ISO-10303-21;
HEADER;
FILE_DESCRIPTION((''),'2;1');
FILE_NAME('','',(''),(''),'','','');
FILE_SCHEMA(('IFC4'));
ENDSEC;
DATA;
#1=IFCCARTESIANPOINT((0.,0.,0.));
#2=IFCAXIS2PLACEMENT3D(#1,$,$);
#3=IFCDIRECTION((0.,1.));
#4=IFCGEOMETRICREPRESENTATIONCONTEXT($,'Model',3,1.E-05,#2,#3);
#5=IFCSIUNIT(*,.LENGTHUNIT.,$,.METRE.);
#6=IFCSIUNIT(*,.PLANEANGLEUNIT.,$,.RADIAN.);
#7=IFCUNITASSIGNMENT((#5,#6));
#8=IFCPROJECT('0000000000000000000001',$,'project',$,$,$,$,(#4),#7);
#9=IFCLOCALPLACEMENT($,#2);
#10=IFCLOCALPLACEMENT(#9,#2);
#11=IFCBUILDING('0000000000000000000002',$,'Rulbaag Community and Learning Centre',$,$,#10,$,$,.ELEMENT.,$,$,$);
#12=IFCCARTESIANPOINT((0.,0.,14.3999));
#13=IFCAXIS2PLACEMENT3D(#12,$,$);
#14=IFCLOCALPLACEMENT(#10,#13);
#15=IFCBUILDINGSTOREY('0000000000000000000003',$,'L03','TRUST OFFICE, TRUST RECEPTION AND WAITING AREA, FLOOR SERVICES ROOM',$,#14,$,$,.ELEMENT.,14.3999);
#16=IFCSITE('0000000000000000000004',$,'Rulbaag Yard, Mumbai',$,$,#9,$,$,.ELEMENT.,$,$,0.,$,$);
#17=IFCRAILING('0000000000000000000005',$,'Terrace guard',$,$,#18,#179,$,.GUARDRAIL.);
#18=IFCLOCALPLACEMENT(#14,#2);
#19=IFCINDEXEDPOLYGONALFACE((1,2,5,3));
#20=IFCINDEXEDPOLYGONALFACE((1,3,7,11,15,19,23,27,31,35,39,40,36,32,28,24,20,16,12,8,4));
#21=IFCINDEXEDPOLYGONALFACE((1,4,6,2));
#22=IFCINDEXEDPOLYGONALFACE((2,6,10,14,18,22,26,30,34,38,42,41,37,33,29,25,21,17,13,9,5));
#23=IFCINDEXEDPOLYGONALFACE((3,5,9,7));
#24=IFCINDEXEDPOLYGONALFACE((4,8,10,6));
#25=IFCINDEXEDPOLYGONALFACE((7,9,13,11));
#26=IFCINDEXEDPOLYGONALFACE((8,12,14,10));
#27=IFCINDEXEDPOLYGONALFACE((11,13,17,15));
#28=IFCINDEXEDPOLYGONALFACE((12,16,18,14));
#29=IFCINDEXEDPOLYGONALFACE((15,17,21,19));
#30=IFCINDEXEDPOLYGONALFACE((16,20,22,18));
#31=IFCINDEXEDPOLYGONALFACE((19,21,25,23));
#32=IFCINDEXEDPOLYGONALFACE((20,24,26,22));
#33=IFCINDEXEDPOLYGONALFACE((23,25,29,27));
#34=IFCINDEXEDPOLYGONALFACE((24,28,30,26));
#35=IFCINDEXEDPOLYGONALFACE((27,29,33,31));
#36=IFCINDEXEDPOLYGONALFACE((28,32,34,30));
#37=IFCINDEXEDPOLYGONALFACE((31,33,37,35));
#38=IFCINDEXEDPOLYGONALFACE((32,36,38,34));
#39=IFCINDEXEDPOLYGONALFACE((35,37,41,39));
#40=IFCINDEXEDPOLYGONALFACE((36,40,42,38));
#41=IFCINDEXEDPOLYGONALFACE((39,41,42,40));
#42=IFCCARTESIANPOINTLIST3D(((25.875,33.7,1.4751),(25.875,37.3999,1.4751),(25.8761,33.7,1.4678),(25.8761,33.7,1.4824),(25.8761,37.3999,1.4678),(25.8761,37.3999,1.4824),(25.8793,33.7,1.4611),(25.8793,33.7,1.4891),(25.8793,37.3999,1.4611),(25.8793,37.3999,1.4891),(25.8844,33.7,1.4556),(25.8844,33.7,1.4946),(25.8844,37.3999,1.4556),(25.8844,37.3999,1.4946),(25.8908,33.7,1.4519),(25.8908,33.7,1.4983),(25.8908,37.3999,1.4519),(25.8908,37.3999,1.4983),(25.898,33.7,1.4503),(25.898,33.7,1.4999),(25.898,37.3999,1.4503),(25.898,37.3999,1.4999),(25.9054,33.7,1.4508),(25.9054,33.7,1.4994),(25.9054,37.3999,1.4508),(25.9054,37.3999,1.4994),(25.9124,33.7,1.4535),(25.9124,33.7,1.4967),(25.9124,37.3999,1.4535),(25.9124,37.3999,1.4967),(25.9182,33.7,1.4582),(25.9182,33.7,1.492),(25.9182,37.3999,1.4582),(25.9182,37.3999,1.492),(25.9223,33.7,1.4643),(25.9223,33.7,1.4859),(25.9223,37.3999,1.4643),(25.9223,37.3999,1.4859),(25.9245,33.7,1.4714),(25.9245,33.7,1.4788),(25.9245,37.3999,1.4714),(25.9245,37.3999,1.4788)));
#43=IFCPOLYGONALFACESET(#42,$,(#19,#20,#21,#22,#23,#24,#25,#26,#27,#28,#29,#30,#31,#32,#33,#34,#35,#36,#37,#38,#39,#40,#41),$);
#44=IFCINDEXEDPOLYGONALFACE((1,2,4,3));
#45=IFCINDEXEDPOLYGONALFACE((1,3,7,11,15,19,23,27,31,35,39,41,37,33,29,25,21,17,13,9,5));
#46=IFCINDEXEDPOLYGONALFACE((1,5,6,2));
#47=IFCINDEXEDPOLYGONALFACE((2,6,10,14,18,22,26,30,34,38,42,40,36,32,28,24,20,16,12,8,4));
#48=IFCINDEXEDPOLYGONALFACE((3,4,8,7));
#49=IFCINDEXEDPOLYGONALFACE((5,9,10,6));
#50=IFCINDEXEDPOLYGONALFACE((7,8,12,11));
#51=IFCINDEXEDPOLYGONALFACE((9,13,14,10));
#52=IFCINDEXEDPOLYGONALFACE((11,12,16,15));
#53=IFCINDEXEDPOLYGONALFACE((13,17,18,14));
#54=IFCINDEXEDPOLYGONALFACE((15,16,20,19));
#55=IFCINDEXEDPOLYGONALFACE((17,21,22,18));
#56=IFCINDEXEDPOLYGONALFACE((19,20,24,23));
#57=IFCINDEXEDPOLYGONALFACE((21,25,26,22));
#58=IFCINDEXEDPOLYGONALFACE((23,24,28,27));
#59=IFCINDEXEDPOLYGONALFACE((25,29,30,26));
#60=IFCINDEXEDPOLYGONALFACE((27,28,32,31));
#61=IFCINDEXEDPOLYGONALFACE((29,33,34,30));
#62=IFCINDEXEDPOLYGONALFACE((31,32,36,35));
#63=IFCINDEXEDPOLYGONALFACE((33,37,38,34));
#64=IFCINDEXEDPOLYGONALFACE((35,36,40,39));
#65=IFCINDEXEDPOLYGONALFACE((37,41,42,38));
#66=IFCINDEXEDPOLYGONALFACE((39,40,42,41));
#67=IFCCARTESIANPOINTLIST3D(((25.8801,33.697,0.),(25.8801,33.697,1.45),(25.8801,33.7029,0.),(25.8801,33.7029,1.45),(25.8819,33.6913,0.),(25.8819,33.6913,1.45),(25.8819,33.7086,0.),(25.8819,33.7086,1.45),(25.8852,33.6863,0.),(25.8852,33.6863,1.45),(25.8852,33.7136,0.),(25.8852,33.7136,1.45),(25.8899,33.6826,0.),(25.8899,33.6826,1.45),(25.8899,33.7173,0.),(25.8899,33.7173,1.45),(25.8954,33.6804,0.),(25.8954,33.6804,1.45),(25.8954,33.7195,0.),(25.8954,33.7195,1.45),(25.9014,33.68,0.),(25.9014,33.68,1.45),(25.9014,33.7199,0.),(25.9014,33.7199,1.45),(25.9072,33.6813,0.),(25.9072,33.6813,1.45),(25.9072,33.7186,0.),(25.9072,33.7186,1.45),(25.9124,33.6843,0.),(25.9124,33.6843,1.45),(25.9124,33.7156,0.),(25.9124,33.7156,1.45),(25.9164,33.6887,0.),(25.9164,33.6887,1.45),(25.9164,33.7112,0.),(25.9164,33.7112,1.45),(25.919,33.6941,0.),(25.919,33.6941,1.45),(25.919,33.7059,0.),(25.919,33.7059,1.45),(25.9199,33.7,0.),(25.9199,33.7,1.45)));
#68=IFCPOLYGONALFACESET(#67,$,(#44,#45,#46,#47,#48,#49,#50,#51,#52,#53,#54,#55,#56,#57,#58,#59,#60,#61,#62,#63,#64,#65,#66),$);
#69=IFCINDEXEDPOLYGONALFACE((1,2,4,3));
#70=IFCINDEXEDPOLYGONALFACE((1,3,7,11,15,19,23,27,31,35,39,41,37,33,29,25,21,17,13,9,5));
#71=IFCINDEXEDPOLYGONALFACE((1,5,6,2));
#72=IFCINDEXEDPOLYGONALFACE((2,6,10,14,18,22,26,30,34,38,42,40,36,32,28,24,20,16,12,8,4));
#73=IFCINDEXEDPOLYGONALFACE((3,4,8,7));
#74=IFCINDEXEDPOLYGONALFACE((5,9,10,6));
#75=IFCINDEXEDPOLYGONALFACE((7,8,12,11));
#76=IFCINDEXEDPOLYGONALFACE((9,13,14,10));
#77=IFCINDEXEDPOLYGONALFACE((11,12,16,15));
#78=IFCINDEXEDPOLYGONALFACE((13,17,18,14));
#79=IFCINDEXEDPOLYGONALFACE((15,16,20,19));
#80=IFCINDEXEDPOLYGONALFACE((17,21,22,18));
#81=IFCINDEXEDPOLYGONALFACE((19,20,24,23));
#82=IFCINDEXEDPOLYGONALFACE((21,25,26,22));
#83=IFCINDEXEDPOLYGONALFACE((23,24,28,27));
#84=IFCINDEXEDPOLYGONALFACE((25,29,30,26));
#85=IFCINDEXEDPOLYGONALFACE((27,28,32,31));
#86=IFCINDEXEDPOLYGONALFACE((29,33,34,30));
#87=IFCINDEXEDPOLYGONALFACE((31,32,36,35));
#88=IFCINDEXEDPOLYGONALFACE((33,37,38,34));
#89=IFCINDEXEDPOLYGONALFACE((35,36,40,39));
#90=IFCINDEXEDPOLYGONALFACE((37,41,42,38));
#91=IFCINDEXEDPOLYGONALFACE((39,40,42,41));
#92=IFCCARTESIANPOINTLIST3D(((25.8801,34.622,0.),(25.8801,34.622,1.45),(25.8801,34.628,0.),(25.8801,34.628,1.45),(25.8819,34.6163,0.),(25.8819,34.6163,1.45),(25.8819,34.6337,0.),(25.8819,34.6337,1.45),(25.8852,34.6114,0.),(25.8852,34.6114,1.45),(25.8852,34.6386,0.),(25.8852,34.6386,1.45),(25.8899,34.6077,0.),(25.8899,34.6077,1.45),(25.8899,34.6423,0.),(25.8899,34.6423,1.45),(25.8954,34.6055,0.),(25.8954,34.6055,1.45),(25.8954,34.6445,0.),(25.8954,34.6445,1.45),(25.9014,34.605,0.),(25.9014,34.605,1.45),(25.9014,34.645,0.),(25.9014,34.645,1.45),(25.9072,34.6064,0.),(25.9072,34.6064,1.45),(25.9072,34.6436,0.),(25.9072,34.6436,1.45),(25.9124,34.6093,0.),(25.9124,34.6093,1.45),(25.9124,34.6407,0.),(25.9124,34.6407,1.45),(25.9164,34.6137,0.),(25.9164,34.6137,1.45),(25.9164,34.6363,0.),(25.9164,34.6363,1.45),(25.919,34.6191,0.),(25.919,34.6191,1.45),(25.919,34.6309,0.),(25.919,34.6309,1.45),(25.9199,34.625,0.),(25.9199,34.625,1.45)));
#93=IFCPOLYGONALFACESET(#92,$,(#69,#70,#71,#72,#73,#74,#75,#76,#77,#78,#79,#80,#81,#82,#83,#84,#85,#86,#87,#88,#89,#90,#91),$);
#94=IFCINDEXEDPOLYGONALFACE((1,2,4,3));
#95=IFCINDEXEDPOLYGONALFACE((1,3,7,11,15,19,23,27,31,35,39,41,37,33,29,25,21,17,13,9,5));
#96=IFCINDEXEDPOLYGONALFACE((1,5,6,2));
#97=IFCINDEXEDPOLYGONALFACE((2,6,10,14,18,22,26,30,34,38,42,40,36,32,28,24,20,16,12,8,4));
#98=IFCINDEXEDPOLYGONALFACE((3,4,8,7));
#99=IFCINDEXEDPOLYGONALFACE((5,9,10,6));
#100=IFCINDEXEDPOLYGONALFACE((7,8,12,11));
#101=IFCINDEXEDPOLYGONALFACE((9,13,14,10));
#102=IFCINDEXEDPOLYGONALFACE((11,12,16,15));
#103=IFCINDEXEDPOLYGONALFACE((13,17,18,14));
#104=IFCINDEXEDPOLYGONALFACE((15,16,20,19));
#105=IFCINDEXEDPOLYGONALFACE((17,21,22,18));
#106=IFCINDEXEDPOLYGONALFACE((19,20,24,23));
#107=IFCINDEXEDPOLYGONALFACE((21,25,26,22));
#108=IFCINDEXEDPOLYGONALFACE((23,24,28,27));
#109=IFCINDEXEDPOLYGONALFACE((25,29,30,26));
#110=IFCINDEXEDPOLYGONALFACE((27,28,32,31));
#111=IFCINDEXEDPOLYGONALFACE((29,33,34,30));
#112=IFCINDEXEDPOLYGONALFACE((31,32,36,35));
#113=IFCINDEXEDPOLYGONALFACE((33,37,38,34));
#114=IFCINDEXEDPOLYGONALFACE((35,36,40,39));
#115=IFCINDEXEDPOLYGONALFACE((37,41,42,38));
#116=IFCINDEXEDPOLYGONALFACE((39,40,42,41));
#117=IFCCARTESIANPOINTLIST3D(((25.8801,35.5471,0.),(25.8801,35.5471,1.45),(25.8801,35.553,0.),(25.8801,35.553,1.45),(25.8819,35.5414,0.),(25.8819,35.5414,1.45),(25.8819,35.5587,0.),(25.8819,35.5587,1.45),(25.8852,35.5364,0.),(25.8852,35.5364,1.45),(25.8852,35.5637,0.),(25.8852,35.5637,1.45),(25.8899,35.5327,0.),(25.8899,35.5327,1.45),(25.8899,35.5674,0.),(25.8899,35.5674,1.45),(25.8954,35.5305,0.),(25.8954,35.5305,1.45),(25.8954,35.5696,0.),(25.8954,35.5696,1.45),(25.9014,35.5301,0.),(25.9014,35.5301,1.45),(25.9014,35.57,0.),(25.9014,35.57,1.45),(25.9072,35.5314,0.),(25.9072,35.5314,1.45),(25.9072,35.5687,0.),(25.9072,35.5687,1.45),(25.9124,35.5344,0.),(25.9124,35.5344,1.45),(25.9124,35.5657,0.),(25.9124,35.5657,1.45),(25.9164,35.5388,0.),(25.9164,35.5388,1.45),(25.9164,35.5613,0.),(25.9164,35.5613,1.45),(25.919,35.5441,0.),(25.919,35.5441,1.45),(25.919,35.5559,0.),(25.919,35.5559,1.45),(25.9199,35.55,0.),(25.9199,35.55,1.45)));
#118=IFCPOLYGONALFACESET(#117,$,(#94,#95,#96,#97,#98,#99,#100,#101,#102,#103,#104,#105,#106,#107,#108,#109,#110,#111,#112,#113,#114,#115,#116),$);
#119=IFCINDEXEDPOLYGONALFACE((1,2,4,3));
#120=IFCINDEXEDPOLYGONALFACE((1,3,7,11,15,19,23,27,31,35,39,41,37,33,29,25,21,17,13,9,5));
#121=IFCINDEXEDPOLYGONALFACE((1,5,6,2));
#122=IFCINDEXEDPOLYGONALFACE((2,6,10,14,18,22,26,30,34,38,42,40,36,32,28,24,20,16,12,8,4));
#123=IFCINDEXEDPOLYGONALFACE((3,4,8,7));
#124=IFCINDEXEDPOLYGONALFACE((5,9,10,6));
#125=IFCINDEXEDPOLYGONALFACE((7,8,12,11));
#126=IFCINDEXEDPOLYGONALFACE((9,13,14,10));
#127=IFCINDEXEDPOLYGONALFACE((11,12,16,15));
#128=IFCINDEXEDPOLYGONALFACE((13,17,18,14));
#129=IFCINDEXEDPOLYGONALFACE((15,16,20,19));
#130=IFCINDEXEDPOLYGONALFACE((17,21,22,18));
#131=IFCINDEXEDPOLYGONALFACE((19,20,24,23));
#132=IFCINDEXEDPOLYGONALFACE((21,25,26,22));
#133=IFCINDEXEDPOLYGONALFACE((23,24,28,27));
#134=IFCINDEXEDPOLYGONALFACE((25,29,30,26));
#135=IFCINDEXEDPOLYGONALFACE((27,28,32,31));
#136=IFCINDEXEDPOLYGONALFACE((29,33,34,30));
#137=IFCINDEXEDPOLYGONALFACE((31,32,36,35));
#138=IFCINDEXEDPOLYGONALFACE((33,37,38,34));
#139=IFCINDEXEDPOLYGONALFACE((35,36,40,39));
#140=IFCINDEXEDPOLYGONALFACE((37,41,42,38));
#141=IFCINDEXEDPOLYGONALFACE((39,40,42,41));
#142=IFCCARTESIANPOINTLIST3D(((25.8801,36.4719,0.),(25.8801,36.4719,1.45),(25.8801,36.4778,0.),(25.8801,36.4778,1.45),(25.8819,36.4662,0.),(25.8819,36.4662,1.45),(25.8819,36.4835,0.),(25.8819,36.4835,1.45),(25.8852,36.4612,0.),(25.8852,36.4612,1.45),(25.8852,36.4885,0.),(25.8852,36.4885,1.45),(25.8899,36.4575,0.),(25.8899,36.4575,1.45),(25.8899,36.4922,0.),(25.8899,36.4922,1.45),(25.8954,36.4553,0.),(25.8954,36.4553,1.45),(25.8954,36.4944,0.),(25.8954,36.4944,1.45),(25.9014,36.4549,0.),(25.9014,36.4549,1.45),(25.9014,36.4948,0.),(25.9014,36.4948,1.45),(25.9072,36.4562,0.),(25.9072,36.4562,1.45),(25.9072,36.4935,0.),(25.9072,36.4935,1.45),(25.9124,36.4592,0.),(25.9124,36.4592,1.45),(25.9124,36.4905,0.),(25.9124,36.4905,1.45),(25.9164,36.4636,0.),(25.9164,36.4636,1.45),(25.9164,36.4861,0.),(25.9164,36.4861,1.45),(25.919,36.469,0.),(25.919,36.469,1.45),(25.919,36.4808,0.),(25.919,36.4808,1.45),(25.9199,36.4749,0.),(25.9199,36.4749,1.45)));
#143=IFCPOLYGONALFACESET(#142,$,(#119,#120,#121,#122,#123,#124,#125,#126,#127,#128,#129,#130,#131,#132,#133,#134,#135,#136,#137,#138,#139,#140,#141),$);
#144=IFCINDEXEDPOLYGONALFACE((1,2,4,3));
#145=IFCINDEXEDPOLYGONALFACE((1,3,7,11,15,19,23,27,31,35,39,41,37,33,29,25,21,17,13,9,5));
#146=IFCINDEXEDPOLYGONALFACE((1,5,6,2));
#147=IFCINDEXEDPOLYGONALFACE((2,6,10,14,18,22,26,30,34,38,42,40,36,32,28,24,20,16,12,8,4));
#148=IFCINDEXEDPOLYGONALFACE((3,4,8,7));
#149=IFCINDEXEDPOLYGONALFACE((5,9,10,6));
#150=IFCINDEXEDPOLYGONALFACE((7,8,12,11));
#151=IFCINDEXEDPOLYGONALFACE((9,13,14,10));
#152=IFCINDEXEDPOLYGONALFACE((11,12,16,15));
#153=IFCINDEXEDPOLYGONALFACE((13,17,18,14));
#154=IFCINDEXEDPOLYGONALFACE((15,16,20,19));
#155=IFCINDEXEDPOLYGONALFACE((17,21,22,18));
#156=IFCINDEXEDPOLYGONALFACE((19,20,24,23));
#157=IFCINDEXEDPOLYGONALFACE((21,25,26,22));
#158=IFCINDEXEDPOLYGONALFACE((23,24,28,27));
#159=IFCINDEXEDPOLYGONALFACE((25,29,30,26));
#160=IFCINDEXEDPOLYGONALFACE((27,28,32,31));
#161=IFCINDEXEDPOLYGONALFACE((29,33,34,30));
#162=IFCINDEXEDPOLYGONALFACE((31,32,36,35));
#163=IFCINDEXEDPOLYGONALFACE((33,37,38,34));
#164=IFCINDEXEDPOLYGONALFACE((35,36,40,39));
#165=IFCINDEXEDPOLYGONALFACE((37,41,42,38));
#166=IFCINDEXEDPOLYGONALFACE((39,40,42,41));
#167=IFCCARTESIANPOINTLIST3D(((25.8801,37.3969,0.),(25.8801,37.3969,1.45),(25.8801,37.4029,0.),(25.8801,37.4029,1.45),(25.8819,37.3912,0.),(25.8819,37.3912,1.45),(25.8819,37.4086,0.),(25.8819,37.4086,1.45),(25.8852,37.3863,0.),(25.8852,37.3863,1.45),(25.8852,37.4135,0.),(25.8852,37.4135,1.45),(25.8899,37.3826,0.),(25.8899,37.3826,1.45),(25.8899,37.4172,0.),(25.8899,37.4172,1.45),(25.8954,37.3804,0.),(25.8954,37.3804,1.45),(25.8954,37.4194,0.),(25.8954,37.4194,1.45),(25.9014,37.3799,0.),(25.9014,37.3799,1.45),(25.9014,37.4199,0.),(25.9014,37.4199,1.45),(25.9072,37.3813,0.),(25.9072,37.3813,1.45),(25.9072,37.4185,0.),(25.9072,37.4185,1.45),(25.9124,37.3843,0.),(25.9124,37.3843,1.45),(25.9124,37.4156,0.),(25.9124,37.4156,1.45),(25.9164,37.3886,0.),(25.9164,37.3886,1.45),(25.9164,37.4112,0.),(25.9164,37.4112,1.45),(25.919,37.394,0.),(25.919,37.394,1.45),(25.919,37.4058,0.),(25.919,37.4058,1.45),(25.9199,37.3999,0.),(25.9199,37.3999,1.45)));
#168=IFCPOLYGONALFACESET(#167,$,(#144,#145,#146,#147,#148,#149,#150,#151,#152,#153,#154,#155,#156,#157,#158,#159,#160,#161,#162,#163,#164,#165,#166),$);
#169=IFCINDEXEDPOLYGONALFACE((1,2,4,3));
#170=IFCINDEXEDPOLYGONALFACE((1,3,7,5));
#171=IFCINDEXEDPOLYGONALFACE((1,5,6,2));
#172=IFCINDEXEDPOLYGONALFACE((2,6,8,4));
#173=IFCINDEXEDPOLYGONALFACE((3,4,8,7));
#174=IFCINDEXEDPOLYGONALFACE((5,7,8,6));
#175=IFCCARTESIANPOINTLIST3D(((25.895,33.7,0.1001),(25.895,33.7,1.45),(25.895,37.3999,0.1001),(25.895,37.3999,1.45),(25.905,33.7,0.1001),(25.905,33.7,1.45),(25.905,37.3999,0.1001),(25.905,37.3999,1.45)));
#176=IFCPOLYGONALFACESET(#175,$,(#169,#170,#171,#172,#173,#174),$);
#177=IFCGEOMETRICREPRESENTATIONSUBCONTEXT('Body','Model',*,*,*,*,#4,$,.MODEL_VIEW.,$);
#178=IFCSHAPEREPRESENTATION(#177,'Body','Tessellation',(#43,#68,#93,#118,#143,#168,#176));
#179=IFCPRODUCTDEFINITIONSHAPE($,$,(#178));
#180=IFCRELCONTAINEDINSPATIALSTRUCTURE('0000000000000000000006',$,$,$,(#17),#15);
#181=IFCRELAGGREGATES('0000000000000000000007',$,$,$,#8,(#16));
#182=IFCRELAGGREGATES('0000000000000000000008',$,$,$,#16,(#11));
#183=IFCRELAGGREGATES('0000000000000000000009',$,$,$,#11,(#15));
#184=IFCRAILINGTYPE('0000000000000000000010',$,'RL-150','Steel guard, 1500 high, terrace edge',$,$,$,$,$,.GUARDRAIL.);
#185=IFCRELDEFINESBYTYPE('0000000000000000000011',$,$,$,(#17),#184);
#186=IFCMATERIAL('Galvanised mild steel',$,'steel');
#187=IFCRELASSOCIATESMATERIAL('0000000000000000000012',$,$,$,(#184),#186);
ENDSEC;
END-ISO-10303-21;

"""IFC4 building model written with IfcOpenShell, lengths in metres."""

from ifc_helpers import new_model, si_unit, direction, frame, origin, origin_2d, place, context, subcontext, project, spatial, polyline, circle, outline, extrude, material, type_object, element, save


model = new_model("IFC4")

# Units and contexts
model_context = context("Model", 3, precision=1e-05, world=origin(), true_north=direction((0.0, 1.0)))
body_context = subcontext(model_context, "Body", "Model", "MODEL_VIEW")
ifc_project = project(units=[si_unit("LENGTHUNIT", "METRE"), si_unit("PLANEANGLEUNIT", "RADIAN")], contexts=[model_context])

# Site, building, storey
site_placement = place(None, origin())
site = spatial("IfcSite", under=ifc_project, at=site_placement, Name="Rulbaag Yard, Mumbai", CompositionType="ELEMENT", RefElevation=0.0)
building_placement = place(site_placement, origin())
building = spatial("IfcBuilding", under=site, at=building_placement, Name="Rulbaag Community and Learning Centre", CompositionType="ELEMENT")
storey_placement = place(building_placement, frame((0.0, 0.0, 14.3999)))
storey = spatial("IfcBuildingStorey", under=building, at=storey_placement, Name="L03", Description="TRUST OFFICE, TRUST RECEPTION AND WAITING AREA, FLOOR SERVICES ROOM", CompositionType="ELEMENT", Elevation=14.3999)

# Railing
ifc_material_1 = material(Name="Galvanised mild steel", Category="steel")
railing_type = type_object("IfcRailingType", Name="RL-150", Description="Steel guard, 1500 high, terrace edge", PredefinedType="GUARDRAIL", material=ifc_material_1)
railing_1_placement = place(storey_placement, frame((25.8999, 33.7, 0.0)))
element("IfcRailing", 1, at=railing_1_placement, inside=storey, type_object=railing_type, Name="Terrace guard", PredefinedType="GUARDRAIL", context=body_context, shape_type="SweptSolid", body=[
    extrude(circle(Radius=0.0249, at=origin_2d()), frame((0.0, 0.0, 1.4751), z_axis=(0.0, 1.0, 0.0), x_axis=(-1.0, 0.0, 0.0)), (0.0, 0.0, 1.0), 3.7),
    extrude(circle(Radius=0.02, at=origin_2d()), origin(), (0.0, 0.0, 1.0), 1.45),
    extrude(circle(Radius=0.02, at=origin_2d()), frame((0.0, 0.925, 0.0)), (0.0, 0.0, 1.0), 1.45),
    extrude(circle(Radius=0.02, at=origin_2d()), frame((0.0, 1.8501, 0.0)), (0.0, 0.0, 1.0), 1.45),
    extrude(circle(Radius=0.02, at=origin_2d()), frame((0.0, 2.7749, 0.0)), (0.0, 0.0, 1.0), 1.45),
    extrude(circle(Radius=0.02, at=origin_2d()), frame((0.0, 3.7, 0.0)), (0.0, 0.0, 1.0), 1.45),
    extrude(outline(polyline([(0.0, 0.0), (3.7, 0.0), (3.7, 1.3499), (0.0, 1.3499), (0.0, 0.0)])), frame((-0.0049, 0.0, 0.1001), z_axis=(1.0, 0.0, 0.0), x_axis=(0.0, 1.0, 0.0)), (0.0, 0.0, 1.0), 0.01),
])

save(model, "model.ifc")
